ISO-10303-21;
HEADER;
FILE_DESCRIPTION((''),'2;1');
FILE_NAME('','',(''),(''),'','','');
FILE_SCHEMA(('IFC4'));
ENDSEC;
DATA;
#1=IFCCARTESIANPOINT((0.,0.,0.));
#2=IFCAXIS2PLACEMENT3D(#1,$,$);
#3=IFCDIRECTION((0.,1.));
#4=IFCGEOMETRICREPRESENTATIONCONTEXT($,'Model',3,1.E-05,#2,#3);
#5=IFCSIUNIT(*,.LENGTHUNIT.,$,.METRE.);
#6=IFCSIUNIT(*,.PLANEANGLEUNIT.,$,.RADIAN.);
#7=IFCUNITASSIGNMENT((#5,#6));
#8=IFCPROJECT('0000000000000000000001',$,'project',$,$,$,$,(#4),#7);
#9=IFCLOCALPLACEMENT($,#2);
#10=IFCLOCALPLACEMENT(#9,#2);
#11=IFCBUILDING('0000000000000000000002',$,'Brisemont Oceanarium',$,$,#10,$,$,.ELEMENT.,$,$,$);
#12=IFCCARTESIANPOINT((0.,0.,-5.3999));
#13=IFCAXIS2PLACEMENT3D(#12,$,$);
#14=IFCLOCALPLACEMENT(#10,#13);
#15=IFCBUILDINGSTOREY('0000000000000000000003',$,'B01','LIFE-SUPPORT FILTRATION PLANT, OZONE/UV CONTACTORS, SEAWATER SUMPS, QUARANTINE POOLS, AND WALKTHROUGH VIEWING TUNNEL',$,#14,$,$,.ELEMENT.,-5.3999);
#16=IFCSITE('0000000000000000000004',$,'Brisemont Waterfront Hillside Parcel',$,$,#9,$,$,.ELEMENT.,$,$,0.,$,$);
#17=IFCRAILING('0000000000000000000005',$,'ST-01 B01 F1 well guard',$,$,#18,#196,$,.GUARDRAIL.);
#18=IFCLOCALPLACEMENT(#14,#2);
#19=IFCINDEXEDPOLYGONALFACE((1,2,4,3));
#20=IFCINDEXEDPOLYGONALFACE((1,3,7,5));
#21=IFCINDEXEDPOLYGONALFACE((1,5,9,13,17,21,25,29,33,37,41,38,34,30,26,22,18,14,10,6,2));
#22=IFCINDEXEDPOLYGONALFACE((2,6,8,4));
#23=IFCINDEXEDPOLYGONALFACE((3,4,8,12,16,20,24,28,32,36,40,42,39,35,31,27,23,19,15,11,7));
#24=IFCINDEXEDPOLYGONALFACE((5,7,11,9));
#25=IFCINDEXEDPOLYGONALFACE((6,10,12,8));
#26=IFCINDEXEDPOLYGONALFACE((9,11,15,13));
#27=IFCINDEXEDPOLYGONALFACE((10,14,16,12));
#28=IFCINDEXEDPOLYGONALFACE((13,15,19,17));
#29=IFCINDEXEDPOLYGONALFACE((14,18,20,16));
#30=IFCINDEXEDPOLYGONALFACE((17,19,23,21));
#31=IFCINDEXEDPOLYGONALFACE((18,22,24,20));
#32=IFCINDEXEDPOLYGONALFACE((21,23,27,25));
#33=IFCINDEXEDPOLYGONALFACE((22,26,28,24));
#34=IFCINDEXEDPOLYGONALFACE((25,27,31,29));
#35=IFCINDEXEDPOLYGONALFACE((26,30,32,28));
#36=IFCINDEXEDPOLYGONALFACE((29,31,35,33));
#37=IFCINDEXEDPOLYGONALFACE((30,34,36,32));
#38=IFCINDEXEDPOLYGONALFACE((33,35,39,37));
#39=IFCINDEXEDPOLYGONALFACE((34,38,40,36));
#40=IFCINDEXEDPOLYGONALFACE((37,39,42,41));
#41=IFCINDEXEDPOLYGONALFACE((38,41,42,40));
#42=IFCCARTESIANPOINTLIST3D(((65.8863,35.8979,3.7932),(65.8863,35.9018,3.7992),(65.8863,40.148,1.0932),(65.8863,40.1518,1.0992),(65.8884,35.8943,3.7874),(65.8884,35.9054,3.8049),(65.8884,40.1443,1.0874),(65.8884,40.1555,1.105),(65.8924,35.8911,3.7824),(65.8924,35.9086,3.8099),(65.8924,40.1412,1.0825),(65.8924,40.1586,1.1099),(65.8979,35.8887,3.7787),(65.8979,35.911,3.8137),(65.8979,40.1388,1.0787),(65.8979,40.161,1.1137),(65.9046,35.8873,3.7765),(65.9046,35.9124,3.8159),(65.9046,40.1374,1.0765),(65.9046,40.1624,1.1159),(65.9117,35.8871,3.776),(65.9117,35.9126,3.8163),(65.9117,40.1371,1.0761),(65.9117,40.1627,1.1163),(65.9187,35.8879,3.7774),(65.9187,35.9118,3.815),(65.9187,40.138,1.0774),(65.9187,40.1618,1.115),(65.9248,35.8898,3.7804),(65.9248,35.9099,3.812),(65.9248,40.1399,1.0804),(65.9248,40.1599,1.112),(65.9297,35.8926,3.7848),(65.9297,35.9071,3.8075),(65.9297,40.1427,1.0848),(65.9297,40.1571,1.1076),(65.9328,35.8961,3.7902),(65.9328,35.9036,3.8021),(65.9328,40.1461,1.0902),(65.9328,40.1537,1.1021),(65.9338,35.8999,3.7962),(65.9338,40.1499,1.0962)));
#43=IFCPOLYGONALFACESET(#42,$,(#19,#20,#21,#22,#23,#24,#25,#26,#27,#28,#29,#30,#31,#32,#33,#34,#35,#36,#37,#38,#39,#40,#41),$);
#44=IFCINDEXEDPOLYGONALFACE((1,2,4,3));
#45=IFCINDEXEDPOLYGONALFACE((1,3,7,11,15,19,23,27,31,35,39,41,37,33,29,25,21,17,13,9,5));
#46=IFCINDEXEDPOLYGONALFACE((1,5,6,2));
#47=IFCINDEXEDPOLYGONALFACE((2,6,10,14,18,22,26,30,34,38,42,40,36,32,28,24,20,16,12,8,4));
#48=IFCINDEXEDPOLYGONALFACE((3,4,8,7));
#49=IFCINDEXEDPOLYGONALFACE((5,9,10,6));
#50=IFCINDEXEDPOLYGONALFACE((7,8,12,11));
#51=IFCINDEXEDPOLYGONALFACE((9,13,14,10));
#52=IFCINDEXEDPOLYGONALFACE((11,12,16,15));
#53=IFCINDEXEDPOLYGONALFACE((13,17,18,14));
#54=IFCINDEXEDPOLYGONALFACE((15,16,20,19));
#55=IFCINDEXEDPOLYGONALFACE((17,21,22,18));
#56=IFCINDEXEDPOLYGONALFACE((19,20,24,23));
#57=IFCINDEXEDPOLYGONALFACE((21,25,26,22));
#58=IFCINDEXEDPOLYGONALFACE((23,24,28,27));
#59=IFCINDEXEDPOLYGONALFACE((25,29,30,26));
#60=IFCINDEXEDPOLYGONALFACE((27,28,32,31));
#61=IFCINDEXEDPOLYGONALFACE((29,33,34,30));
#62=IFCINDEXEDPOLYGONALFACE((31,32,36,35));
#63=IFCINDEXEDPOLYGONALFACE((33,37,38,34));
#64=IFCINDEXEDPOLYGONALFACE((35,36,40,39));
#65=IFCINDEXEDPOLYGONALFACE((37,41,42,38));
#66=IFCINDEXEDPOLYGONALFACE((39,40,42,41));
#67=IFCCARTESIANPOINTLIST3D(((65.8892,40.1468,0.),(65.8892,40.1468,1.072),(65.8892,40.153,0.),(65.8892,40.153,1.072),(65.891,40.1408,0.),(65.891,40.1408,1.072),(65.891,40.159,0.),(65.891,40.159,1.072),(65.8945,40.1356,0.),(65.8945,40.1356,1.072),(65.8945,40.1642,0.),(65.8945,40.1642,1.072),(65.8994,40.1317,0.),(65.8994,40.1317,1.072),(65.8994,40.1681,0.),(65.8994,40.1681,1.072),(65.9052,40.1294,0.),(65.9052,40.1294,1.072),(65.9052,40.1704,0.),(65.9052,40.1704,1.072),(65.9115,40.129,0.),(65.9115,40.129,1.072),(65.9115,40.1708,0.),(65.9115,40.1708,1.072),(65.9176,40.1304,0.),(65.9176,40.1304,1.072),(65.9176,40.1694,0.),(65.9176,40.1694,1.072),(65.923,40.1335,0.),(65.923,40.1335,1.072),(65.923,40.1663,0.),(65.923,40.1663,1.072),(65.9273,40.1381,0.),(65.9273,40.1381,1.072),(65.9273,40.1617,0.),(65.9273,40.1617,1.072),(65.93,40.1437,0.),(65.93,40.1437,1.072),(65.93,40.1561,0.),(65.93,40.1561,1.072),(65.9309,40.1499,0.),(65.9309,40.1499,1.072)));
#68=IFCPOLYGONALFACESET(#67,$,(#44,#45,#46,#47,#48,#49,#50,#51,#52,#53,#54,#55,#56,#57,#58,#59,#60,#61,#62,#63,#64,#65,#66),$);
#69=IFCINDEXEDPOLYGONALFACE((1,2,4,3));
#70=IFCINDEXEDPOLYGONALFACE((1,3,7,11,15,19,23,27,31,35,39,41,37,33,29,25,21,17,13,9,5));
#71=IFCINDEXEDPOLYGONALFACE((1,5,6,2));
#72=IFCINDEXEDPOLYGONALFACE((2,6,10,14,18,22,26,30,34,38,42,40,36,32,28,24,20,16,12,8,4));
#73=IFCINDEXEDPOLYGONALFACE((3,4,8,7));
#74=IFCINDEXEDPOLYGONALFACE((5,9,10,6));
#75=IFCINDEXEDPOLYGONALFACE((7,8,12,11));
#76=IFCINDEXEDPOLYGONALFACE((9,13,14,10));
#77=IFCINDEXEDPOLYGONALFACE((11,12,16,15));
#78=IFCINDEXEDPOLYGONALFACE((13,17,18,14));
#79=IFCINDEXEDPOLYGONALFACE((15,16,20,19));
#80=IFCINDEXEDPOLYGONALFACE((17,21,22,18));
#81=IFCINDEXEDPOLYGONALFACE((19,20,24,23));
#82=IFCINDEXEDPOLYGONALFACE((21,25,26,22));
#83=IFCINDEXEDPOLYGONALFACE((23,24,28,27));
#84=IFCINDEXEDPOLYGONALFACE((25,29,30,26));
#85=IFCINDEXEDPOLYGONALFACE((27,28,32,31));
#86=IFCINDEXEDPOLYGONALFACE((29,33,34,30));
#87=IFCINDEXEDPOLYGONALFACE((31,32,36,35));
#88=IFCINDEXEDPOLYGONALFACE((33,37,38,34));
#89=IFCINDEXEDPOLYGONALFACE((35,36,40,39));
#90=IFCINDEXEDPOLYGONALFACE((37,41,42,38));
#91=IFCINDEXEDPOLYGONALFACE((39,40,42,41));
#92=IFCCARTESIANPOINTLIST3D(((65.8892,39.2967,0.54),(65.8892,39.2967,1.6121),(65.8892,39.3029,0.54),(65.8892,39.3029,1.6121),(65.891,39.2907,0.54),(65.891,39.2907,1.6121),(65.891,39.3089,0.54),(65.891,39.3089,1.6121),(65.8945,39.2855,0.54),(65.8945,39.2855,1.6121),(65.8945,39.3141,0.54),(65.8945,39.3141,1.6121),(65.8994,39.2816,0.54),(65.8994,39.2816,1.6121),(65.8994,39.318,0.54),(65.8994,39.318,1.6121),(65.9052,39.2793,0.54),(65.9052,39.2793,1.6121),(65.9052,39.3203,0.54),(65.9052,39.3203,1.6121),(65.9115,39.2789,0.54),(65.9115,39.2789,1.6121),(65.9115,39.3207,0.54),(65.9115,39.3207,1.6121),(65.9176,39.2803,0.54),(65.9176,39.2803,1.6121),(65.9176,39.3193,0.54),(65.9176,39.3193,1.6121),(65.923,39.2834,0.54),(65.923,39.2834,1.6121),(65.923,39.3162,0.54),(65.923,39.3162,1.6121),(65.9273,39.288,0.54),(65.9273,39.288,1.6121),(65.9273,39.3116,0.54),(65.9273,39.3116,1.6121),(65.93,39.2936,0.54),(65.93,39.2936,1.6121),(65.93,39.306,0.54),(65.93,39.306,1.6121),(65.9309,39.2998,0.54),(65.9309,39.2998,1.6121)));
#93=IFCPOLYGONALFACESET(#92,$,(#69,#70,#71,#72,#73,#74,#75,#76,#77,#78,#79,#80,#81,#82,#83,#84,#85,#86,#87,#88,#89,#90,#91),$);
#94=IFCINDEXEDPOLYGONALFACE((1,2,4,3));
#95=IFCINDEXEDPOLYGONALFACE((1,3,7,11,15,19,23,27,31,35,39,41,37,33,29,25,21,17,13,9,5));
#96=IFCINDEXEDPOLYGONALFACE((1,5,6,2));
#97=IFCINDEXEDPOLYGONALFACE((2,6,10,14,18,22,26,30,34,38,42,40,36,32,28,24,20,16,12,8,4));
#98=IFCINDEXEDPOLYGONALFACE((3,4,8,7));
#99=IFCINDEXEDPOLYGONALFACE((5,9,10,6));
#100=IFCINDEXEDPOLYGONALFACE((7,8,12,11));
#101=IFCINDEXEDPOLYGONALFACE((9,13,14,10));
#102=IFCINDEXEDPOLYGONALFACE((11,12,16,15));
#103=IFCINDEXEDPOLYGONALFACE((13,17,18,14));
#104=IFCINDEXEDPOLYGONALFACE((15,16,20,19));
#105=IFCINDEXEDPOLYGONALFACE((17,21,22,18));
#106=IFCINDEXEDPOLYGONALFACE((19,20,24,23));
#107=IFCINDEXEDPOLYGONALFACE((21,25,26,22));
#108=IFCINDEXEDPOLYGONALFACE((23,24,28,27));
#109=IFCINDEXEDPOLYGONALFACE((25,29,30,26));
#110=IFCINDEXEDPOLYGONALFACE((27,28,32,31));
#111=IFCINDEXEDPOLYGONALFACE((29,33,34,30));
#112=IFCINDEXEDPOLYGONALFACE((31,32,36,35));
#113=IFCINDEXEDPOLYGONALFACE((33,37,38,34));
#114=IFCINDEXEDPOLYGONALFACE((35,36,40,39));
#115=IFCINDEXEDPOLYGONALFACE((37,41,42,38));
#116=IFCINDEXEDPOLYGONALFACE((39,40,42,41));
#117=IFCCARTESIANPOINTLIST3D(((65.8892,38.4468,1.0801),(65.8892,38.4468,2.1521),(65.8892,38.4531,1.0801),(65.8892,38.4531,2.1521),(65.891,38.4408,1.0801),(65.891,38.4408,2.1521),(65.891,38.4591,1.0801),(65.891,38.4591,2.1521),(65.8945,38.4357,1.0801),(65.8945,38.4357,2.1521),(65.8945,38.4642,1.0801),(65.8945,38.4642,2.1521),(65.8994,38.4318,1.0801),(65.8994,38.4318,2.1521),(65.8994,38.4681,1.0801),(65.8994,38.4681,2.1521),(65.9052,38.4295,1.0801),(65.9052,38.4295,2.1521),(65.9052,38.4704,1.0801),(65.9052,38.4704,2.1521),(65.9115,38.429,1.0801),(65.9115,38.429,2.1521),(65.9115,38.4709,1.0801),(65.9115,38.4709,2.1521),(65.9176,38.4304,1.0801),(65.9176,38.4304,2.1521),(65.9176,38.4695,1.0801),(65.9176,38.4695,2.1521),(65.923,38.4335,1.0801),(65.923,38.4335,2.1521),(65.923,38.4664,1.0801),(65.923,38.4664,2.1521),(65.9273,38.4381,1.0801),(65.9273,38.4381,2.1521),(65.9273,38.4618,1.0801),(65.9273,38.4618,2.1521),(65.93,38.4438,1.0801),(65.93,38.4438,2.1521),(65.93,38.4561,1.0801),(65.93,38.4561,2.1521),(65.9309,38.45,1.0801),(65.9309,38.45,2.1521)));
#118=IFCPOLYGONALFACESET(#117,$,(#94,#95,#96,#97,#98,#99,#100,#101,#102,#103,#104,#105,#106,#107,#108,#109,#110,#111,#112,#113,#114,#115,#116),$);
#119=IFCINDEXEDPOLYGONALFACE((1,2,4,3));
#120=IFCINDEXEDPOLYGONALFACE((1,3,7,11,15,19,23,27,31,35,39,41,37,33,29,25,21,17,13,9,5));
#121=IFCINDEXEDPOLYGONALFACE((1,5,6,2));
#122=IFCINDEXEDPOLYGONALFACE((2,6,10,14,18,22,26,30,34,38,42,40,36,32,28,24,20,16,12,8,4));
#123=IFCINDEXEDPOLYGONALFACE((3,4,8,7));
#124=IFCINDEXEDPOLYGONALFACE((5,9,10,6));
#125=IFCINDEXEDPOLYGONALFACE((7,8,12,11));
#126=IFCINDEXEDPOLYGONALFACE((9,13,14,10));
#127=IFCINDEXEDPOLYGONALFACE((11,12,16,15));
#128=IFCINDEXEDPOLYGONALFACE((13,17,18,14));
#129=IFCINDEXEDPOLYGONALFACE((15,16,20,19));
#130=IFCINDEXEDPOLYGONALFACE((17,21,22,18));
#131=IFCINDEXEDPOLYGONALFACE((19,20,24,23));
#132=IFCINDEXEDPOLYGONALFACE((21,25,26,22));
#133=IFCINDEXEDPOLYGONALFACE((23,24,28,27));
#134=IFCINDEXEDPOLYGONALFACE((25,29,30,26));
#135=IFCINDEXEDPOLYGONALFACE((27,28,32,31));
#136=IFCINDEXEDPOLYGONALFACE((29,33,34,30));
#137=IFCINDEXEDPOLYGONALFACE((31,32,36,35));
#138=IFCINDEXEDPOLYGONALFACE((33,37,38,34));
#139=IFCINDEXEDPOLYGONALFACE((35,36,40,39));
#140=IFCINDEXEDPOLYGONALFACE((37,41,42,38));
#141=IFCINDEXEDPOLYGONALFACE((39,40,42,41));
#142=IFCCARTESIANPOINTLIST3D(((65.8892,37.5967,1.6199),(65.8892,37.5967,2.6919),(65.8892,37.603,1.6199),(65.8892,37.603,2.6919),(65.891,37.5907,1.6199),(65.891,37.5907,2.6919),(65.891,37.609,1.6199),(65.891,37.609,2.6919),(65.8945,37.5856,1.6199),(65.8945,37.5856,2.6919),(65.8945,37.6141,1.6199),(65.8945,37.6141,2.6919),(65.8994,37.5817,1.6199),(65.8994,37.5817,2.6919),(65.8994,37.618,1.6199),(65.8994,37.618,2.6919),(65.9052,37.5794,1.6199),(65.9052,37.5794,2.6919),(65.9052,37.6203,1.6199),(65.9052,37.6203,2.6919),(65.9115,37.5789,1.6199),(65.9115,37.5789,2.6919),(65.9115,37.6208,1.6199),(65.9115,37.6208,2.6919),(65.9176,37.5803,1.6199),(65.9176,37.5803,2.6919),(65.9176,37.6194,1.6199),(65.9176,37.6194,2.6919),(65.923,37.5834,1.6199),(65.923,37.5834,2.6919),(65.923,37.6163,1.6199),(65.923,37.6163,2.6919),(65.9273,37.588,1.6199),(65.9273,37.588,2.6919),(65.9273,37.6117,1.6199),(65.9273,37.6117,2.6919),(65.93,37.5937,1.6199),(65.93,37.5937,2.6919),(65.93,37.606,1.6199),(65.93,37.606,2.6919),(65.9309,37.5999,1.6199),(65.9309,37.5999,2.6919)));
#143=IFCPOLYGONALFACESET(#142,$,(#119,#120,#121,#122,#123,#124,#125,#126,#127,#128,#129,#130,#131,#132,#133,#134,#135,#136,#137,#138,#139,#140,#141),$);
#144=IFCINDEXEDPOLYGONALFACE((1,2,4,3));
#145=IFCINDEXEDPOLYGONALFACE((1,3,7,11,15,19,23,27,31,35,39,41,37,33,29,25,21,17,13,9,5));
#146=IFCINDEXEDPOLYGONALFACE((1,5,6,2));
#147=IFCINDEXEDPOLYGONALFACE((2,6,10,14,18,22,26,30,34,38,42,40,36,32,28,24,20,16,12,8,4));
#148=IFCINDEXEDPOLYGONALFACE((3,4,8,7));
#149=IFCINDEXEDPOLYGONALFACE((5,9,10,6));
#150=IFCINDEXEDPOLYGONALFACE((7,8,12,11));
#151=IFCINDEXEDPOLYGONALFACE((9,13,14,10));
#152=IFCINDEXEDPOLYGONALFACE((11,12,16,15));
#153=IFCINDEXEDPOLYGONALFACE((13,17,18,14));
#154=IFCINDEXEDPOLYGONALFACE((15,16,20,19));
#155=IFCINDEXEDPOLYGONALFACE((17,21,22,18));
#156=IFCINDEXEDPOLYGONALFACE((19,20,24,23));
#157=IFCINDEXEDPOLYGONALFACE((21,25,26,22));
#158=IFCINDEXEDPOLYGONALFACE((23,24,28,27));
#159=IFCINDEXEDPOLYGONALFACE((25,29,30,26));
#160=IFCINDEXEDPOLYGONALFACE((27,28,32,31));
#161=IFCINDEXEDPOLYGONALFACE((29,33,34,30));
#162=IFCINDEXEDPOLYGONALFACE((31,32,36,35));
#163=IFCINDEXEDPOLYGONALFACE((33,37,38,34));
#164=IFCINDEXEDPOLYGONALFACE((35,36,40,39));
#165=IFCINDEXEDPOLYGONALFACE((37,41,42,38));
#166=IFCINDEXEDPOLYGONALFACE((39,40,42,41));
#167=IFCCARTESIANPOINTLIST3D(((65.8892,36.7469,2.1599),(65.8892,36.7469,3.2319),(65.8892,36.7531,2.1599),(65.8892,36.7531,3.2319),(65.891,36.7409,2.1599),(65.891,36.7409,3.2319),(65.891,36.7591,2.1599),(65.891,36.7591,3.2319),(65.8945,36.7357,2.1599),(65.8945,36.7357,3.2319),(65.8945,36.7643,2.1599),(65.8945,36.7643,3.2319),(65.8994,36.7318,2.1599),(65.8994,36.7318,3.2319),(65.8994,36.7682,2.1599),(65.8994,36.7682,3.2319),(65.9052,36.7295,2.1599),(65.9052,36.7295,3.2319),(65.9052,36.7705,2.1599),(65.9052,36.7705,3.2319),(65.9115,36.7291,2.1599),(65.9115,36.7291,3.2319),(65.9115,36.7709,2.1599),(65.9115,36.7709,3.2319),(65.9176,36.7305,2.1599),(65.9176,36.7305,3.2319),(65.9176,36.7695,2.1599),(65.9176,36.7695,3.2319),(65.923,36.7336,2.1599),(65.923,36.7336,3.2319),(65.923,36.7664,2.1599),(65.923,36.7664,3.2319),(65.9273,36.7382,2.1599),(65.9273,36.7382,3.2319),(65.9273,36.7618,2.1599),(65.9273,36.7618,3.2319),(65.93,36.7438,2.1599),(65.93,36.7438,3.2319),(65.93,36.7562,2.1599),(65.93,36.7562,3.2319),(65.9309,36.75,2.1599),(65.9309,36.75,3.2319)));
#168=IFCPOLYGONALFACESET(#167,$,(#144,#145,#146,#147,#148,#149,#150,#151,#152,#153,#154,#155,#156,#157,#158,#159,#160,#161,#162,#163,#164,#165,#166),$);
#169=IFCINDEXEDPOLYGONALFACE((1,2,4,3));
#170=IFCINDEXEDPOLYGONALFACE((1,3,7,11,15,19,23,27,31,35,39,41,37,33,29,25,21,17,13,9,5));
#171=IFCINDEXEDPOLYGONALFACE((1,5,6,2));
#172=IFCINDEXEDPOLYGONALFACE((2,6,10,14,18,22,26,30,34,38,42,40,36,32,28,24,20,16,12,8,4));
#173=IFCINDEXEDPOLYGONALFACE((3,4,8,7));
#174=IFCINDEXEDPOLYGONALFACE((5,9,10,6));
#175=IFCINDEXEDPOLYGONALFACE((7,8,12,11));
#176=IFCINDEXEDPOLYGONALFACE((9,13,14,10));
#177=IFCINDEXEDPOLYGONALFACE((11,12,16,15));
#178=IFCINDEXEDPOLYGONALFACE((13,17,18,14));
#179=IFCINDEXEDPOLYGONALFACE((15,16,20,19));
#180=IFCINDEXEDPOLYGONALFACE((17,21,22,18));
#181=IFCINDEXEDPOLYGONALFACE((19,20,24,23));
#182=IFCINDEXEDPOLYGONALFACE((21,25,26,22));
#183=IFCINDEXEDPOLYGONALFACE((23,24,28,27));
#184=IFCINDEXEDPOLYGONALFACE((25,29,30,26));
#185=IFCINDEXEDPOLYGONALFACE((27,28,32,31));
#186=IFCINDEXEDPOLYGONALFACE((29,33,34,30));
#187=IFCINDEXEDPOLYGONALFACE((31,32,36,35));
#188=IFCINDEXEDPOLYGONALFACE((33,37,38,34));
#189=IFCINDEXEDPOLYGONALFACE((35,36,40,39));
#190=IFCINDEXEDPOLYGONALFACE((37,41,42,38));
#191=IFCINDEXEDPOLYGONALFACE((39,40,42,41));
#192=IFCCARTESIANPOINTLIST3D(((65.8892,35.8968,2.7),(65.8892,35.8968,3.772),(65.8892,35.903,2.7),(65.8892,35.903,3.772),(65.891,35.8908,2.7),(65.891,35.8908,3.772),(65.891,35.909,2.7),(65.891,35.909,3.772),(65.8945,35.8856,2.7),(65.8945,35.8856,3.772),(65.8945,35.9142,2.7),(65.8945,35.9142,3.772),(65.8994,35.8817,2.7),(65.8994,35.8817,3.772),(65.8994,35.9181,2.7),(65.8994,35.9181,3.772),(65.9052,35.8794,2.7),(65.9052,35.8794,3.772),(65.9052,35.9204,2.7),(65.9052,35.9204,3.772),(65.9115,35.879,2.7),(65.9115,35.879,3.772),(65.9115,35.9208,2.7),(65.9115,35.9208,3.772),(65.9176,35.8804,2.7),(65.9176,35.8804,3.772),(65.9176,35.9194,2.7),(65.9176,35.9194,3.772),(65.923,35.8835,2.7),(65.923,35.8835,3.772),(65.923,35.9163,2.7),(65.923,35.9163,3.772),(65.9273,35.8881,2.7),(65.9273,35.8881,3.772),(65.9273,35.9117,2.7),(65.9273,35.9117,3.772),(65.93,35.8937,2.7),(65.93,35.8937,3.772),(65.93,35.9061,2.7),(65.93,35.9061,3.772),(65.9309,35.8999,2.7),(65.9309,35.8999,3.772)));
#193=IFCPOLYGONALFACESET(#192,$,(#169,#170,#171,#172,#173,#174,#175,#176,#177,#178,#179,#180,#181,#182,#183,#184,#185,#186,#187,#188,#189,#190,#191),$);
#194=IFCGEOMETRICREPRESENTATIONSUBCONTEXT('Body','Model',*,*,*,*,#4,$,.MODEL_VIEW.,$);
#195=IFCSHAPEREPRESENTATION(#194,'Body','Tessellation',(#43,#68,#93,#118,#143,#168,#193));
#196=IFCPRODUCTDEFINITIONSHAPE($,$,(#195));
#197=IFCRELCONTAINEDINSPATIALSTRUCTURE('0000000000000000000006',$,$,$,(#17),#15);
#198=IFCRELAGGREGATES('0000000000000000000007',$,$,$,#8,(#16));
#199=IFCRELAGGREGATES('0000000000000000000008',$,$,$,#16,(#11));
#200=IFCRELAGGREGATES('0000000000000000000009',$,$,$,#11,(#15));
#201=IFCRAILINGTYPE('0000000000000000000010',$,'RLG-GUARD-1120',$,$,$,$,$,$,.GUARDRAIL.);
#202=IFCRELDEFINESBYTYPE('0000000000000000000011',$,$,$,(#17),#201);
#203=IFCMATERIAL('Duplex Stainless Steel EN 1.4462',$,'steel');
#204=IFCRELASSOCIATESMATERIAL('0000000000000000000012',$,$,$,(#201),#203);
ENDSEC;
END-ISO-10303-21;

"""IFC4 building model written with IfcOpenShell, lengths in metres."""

from ifc_helpers import new_model, si_unit, direction, frame, origin, origin_2d, place, context, subcontext, project, spatial, circle, extrude, material, type_object, element, save


model = new_model("IFC4")

# Units and contexts
model_context = context("Model", 3, precision=1e-05, world=origin(), true_north=direction((0.0, 1.0)))
body_context = subcontext(model_context, "Body", "Model", "MODEL_VIEW")
ifc_project = project(units=[si_unit("LENGTHUNIT", "METRE"), si_unit("PLANEANGLEUNIT", "RADIAN")], contexts=[model_context])

# Site, building, storey
site_placement = place(None, origin())
site = spatial("IfcSite", under=ifc_project, at=site_placement, Name="Brisemont Waterfront Hillside Parcel", CompositionType="ELEMENT", RefElevation=0.0)
building_placement = place(site_placement, origin())
building = spatial("IfcBuilding", under=site, at=building_placement, Name="Brisemont Oceanarium", CompositionType="ELEMENT")
storey_placement = place(building_placement, frame((0.0, 0.0, -5.3999)))
storey = spatial("IfcBuildingStorey", under=building, at=storey_placement, Name="B01", Description="LIFE-SUPPORT FILTRATION PLANT, OZONE/UV CONTACTORS, SEAWATER SUMPS, QUARANTINE POOLS, AND WALKTHROUGH VIEWING TUNNEL", CompositionType="ELEMENT", Elevation=-5.3999)

# Railing
ifc_material_1 = material(Name="Duplex Stainless Steel EN 1.4462", Category="steel")
railing_type_1 = type_object("IfcRailingType", Name="RLG-GUARD-1120", PredefinedType="GUARDRAIL", material=ifc_material_1)
railing_1_placement = place(storey_placement, frame((65.9099, 40.1499, 0.0)))
element("IfcRailing", 1, at=railing_1_placement, inside=storey, type_object=railing_type_1, Name="ST-01 B01 F1 well guard", PredefinedType="GUARDRAIL", context=body_context, shape_type="SweptSolid", body=[
    extrude(circle(Radius=0.0239, at=origin_2d()), frame((0.0, 0.0, 1.0962), z_axis=(0.0, -0.844075, 0.536226), x_axis=(1.0, 0.0, 0.0)), (0.0, 0.0, 1.0), 5.0352),
    extrude(circle(Radius=0.021, at=origin_2d()), origin(), (0.0, 0.0, 1.0), 1.072),
    extrude(circle(Radius=0.021, at=origin_2d()), frame((0.0, -0.8501, 0.54)), (0.0, 0.0, 1.0), 1.072),
    extrude(circle(Radius=0.021, at=origin_2d()), frame((0.0, -1.7, 1.0801)), (0.0, 0.0, 1.0), 1.072),
    extrude(circle(Radius=0.021, at=origin_2d()), frame((0.0, -2.55, 1.6199)), (0.0, 0.0, 1.0), 1.072),
    extrude(circle(Radius=0.021, at=origin_2d()), frame((0.0, -3.3999, 2.1599)), (0.0, 0.0, 1.0), 1.072),
    extrude(circle(Radius=0.021, at=origin_2d()), frame((0.0, -4.25, 2.7)), (0.0, 0.0, 1.0), 1.072),
])

save(model, "model.ifc")
